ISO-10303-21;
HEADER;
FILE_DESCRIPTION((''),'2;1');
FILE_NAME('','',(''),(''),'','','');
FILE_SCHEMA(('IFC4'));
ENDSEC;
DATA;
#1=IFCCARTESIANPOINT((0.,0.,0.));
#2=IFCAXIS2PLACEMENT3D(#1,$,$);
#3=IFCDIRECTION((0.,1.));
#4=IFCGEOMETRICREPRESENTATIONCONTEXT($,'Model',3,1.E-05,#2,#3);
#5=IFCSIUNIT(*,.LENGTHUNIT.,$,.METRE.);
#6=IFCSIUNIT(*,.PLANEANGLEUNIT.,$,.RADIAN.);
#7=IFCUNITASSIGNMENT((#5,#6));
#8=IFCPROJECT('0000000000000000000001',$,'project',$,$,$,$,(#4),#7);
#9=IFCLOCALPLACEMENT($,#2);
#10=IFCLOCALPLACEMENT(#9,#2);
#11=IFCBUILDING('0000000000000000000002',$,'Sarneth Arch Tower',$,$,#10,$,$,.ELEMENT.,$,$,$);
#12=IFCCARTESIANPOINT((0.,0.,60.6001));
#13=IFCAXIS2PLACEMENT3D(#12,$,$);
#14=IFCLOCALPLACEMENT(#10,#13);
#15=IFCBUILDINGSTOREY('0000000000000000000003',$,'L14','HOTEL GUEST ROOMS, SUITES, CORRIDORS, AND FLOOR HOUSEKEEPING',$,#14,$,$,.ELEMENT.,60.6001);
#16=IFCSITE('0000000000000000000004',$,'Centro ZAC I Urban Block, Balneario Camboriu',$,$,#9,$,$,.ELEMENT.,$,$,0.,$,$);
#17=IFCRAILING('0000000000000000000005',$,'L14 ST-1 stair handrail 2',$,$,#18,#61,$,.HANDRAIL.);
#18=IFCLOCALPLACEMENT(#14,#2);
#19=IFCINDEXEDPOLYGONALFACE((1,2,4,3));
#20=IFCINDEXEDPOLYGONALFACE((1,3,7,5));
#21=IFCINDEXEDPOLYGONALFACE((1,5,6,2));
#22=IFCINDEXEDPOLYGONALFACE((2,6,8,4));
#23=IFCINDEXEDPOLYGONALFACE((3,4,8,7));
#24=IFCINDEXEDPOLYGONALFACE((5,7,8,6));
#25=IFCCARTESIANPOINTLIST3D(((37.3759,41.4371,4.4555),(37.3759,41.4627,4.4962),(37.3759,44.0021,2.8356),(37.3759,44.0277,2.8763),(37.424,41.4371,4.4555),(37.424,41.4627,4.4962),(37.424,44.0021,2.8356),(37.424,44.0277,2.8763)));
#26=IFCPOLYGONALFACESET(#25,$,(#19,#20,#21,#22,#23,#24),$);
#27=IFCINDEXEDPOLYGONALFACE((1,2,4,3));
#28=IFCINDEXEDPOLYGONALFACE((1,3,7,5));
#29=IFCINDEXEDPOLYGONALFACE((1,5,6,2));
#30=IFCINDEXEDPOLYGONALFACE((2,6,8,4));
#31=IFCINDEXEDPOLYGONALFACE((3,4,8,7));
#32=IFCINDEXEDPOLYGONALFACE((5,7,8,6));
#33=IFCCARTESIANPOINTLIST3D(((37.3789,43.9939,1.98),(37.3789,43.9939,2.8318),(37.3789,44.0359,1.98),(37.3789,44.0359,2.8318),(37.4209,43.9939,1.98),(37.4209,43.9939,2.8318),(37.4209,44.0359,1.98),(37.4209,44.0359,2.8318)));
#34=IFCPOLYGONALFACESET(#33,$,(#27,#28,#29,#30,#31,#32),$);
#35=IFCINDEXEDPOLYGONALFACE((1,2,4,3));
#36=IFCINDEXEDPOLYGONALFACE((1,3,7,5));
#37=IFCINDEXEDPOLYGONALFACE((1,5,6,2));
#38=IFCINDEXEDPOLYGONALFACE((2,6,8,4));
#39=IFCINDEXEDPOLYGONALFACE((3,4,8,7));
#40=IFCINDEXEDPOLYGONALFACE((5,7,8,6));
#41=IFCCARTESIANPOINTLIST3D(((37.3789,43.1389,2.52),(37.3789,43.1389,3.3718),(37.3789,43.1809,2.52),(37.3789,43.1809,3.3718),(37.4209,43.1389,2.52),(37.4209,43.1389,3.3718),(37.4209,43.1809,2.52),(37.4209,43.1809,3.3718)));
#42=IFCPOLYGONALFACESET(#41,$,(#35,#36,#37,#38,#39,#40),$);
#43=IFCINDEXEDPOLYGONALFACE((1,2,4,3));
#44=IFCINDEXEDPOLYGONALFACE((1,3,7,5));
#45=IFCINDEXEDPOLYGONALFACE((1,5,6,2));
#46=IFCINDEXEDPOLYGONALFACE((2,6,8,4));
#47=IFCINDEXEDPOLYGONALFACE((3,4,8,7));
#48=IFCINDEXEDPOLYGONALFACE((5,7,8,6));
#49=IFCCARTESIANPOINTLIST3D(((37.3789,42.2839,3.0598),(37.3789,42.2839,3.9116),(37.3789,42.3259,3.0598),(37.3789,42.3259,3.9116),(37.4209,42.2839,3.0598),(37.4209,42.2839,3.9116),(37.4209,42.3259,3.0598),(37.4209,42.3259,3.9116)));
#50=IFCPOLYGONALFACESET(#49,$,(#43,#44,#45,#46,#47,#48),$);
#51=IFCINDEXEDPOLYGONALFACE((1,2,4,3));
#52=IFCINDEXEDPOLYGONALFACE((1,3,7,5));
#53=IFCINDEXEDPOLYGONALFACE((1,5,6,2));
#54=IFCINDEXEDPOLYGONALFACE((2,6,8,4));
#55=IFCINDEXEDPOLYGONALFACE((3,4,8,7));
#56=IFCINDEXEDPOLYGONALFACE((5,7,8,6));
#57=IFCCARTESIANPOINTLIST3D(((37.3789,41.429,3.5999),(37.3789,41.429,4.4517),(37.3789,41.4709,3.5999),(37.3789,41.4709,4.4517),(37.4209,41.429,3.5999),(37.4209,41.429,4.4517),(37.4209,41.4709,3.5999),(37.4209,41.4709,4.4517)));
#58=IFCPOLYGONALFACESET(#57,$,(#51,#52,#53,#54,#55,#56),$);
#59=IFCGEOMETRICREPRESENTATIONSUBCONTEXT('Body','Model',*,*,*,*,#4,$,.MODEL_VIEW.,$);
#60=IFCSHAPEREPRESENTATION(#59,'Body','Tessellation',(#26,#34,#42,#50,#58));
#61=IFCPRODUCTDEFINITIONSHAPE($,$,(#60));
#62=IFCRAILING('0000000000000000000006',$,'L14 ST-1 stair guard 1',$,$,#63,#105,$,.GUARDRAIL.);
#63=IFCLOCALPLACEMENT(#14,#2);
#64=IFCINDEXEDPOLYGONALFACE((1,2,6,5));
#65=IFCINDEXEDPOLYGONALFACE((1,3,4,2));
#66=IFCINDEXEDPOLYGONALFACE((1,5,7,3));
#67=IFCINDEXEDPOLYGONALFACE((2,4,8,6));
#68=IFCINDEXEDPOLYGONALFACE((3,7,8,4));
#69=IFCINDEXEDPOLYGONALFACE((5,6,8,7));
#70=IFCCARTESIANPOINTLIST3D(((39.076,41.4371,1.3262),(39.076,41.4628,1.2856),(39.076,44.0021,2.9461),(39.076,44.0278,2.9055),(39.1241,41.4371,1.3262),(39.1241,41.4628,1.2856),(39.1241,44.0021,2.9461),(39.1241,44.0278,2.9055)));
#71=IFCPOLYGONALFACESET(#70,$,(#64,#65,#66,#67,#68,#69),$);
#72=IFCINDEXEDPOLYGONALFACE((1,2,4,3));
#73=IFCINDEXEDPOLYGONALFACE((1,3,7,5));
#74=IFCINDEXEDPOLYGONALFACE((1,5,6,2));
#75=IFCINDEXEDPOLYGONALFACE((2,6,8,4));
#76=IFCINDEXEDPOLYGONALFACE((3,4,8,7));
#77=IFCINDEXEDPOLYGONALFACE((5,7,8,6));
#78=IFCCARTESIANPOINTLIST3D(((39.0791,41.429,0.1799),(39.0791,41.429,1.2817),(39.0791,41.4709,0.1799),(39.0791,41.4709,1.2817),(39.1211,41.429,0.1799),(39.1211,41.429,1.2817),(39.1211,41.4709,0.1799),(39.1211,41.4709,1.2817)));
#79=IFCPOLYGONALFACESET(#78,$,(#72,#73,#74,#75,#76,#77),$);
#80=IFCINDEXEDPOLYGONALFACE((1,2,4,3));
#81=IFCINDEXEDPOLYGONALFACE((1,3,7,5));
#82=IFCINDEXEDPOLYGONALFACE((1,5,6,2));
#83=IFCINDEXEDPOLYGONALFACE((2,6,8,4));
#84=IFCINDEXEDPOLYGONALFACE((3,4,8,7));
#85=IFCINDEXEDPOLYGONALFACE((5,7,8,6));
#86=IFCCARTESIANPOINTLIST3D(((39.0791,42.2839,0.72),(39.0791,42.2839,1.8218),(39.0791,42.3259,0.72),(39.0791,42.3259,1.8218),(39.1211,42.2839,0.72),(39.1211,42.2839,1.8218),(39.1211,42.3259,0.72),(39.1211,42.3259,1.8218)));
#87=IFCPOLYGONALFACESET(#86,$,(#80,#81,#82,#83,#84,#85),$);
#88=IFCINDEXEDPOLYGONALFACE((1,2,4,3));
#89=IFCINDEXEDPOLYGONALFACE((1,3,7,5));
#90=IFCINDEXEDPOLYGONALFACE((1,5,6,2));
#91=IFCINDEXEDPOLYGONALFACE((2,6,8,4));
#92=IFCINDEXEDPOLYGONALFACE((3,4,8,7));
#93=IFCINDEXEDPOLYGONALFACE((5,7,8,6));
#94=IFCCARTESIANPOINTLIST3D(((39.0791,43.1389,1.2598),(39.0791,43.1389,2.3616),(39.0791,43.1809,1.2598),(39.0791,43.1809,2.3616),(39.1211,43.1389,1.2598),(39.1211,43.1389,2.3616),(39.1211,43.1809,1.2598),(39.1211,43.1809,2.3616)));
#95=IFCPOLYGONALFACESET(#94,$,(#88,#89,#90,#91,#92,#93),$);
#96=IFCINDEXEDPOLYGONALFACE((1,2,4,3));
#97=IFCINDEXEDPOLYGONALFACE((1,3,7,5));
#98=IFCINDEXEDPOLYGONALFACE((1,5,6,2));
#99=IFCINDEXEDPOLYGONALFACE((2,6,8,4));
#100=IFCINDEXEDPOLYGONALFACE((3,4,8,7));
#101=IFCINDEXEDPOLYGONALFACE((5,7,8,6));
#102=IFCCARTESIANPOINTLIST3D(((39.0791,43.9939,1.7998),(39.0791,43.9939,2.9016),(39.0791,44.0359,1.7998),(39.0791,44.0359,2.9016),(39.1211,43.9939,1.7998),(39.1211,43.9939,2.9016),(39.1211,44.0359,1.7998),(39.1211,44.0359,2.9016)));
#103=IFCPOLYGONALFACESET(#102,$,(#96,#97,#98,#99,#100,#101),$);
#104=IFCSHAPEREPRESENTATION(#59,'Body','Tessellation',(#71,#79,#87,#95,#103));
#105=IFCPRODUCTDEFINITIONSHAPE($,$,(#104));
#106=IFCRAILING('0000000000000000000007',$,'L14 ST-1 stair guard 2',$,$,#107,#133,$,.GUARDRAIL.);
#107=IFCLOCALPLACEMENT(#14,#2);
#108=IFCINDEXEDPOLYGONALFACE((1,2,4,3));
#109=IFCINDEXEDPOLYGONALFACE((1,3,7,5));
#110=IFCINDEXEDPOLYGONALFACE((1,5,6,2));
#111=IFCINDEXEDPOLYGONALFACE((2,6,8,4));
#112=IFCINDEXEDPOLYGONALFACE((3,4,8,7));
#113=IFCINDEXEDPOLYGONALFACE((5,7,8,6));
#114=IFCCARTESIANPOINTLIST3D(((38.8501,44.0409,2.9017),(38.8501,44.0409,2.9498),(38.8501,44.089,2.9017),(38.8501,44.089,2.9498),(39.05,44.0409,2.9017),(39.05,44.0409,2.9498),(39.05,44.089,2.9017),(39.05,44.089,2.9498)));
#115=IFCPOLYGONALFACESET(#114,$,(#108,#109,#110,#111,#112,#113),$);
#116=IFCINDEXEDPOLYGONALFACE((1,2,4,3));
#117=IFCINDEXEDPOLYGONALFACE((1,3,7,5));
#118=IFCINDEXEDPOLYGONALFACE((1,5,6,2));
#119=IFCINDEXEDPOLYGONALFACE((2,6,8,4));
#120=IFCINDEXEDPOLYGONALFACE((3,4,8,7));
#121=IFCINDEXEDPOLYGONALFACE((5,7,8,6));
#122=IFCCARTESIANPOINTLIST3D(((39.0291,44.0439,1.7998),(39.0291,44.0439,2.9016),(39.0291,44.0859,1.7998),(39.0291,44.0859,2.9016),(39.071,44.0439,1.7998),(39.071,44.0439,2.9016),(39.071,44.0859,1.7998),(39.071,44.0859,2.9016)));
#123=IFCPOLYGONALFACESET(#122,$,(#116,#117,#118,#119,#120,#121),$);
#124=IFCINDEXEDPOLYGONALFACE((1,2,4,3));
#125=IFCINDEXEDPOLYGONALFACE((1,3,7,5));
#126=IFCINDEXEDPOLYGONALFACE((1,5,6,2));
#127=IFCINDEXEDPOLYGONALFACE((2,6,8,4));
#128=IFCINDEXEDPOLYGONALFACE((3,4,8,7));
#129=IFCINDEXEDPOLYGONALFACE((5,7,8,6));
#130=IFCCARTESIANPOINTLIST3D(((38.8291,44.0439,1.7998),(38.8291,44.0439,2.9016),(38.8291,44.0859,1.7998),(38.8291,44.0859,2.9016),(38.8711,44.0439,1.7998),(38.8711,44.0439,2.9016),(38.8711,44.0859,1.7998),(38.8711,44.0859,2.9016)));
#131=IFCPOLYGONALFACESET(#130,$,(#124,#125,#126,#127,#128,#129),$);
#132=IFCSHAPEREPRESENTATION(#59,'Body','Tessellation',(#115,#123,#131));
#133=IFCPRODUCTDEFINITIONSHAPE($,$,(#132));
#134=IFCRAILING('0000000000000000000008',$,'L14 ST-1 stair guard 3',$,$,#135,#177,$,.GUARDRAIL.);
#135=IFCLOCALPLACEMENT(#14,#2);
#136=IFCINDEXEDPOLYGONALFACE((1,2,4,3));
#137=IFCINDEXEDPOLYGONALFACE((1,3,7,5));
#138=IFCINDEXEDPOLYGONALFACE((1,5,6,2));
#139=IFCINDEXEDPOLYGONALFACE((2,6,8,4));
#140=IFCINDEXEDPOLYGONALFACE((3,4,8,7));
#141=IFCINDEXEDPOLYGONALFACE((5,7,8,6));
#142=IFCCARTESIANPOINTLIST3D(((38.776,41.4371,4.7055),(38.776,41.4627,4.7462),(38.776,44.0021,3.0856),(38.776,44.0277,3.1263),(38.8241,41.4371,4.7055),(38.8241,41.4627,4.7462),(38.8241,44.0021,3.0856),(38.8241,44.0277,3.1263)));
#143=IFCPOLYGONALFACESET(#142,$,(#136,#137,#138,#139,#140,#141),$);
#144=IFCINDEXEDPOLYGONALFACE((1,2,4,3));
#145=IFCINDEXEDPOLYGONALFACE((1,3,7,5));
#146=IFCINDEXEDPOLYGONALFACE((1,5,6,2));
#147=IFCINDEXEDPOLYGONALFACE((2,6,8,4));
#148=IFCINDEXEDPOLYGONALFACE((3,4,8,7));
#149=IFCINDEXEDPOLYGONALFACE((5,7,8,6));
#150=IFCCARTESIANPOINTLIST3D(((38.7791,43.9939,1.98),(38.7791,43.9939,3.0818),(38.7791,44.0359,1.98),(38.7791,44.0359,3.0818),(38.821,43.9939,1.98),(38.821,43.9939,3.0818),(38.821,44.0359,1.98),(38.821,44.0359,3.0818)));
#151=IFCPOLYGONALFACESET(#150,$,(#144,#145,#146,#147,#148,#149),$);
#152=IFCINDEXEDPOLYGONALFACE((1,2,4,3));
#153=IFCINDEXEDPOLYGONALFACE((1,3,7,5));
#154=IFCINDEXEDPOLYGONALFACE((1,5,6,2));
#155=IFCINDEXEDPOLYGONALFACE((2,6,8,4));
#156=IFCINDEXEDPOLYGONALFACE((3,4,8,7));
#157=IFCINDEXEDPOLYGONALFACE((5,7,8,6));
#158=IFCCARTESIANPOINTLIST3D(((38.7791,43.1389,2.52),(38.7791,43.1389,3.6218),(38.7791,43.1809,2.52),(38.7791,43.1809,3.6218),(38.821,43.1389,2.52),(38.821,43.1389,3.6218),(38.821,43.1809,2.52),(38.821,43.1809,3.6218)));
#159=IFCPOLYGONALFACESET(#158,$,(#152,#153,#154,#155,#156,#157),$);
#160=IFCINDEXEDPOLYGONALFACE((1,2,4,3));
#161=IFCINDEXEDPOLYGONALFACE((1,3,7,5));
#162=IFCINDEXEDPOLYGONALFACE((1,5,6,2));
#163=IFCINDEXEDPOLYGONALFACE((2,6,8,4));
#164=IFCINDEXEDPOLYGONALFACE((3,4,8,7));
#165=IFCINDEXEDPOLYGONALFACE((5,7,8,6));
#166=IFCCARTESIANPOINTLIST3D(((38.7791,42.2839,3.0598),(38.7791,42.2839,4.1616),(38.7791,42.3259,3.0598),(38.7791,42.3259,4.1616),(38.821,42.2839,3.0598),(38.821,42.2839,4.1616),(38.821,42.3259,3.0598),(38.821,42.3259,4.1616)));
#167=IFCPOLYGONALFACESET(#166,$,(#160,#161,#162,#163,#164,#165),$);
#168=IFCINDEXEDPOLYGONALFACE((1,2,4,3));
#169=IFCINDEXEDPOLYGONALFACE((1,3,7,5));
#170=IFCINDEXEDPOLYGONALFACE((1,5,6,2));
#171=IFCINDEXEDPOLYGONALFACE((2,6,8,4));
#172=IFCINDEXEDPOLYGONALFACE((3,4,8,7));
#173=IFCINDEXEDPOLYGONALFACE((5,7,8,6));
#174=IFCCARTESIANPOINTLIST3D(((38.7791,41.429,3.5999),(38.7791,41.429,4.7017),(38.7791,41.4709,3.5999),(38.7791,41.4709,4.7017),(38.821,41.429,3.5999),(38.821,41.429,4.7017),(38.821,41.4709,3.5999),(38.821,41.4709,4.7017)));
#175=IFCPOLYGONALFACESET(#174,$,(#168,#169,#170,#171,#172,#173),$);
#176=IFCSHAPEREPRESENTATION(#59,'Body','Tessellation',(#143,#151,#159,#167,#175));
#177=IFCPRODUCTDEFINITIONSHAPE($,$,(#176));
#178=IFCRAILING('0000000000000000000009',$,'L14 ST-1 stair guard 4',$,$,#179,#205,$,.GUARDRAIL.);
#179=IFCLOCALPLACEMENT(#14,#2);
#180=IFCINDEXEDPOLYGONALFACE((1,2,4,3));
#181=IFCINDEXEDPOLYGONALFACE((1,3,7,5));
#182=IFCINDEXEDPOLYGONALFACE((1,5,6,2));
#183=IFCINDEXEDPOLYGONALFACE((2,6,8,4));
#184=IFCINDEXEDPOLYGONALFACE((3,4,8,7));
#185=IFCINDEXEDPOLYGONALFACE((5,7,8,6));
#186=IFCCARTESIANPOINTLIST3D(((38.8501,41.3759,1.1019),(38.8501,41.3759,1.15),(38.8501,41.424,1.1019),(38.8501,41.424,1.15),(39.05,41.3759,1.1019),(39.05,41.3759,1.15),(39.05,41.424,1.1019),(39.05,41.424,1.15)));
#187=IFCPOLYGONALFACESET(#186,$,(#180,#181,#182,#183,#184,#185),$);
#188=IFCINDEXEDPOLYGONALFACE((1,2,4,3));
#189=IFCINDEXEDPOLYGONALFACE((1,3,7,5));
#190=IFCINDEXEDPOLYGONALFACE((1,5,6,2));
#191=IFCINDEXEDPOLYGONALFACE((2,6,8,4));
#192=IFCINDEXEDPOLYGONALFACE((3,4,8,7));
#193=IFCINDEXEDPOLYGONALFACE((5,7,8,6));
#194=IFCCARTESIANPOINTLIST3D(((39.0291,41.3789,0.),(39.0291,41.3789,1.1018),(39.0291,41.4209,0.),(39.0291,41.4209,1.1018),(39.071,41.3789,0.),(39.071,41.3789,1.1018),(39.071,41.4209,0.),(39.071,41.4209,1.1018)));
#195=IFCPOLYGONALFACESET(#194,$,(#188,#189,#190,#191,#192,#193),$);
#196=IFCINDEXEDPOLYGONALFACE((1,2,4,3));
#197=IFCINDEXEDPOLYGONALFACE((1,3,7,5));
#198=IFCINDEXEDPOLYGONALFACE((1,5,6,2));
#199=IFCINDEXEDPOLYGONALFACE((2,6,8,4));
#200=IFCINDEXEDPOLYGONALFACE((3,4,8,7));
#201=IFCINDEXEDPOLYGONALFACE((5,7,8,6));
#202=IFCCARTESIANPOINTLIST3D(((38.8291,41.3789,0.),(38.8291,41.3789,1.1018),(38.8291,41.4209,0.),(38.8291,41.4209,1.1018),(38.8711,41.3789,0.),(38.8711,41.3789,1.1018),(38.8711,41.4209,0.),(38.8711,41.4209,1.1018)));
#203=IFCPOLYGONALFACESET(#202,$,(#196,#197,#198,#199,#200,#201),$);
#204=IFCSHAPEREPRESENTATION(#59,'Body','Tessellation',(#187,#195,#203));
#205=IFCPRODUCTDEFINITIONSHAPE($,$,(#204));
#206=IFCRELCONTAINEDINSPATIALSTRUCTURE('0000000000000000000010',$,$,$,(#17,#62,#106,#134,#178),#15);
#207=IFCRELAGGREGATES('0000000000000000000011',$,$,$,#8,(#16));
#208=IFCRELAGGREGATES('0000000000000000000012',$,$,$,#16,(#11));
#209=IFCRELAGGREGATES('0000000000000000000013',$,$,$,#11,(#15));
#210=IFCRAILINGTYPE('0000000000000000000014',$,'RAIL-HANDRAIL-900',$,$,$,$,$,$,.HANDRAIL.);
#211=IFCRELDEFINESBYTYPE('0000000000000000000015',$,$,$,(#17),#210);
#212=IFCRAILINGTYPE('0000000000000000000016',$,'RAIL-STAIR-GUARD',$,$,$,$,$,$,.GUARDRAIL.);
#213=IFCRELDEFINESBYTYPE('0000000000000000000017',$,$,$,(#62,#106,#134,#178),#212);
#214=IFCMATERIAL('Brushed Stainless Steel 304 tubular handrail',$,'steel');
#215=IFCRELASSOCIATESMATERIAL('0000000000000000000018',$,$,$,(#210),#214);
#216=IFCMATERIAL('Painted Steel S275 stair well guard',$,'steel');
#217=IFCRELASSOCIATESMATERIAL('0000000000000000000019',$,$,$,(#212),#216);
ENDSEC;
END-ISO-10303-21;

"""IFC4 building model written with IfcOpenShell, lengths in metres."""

from ifc_helpers import new_model, si_unit, direction, frame, origin, origin_2d, place, context, subcontext, project, spatial, rectangle, extrude, material, type_object, element, save


model = new_model("IFC4")

# Units and contexts
model_context = context("Model", 3, precision=1e-05, world=origin(), true_north=direction((0.0, 1.0)))
body_context = subcontext(model_context, "Body", "Model", "MODEL_VIEW")
ifc_project = project(units=[si_unit("LENGTHUNIT", "METRE"), si_unit("PLANEANGLEUNIT", "RADIAN")], contexts=[model_context])

# Site, building, storey
site_placement = place(None, origin())
site = spatial("IfcSite", under=ifc_project, at=site_placement, Name="Centro ZAC I Urban Block, Balneario Camboriu", CompositionType="ELEMENT", RefElevation=0.0)
building_placement = place(site_placement, origin())
building = spatial("IfcBuilding", under=site, at=building_placement, Name="Sarneth Arch Tower", CompositionType="ELEMENT")
storey_placement = place(building_placement, frame((0.0, 0.0, 60.6001)))
storey = spatial("IfcBuildingStorey", under=building, at=storey_placement, Name="L14", Description="HOTEL GUEST ROOMS, SUITES, CORRIDORS, AND FLOOR HOUSEKEEPING", CompositionType="ELEMENT", Elevation=60.6001)

# Railings
ifc_material_1 = material(Name="Brushed Stainless Steel 304 tubular handrail", Category="steel")
railing_type_1 = type_object("IfcRailingType", Name="RAIL-HANDRAIL-900", PredefinedType="HANDRAIL", material=ifc_material_1)
railing_1_placement = place(storey_placement, frame((37.3999, 44.0149, 1.98)))
element("IfcRailing", 1, at=railing_1_placement, inside=storey, type_object=railing_type_1, Name="L14 ST-1 stair handrail 2", PredefinedType="HANDRAIL", context=body_context, shape_type="SweptSolid", body=[
    extrude(rectangle(XDim=0.0481, YDim=0.0481, at=origin_2d()), frame((0.0, 0.0, 0.876), z_axis=(0.0, -0.845502, 0.533972), x_axis=(1.0, 0.0, 0.0)), (0.0, 0.0, 1.0), 3.0337),
    extrude(rectangle(XDim=0.042, YDim=0.042, at=origin_2d()), origin(), (0.0, 0.0, 1.0), 0.8518),
    extrude(rectangle(XDim=0.042, YDim=0.042, at=origin_2d()), frame((0.0, -0.855, 0.54)), (0.0, 0.0, 1.0), 0.8518),
    extrude(rectangle(XDim=0.042, YDim=0.042, at=origin_2d()), frame((0.0, -1.71, 1.0798)), (0.0, 0.0, 1.0), 0.8518),
    extrude(rectangle(XDim=0.042, YDim=0.042, at=origin_2d()), frame((0.0, -2.5649, 1.6199)), (0.0, 0.0, 1.0), 0.8518),
])
ifc_material_2 = material(Name="Painted Steel S275 stair well guard", Category="steel")
railing_type_2 = type_object("IfcRailingType", Name="RAIL-STAIR-GUARD", PredefinedType="GUARDRAIL", material=ifc_material_2)
railing_2_placement = place(storey_placement, frame((39.1001, 41.45, 0.1799)))
element("IfcRailing", 2, at=railing_2_placement, inside=storey, type_object=railing_type_2, Name="L14 ST-1 stair guard 1", PredefinedType="GUARDRAIL", context=body_context, shape_type="SweptSolid", body=[
    extrude(rectangle(XDim=0.0481, YDim=0.0481, at=origin_2d()), frame((0.0, 0.0, 1.126), z_axis=(0.0, 0.845502, 0.533972), x_axis=(-1.0, 0.0, 0.0)), (0.0, 0.0, 1.0), 3.0337),
    extrude(rectangle(XDim=0.042, YDim=0.042, at=origin_2d()), origin(), (0.0, 0.0, 1.0), 1.1018),
    extrude(rectangle(XDim=0.042, YDim=0.042, at=origin_2d()), frame((0.0, 0.855, 0.54)), (0.0, 0.0, 1.0), 1.1018),
    extrude(rectangle(XDim=0.042, YDim=0.042, at=origin_2d()), frame((0.0, 1.71, 1.0798)), (0.0, 0.0, 1.0), 1.1018),
    extrude(rectangle(XDim=0.042, YDim=0.042, at=origin_2d()), frame((0.0, 2.5649, 1.6199)), (0.0, 0.0, 1.0), 1.1018),
])
railing_3_placement = place(storey_placement, frame((39.05, 44.0649, 1.7998)))
element("IfcRailing", 3, at=railing_3_placement, inside=storey, type_object=railing_type_2, Name="L14 ST-1 stair guard 2", PredefinedType="GUARDRAIL", context=body_context, shape_type="SweptSolid", body=[
    extrude(rectangle(XDim=0.0481, YDim=0.0481, at=origin_2d()), frame((0.0, 0.0, 1.126), z_axis=(-1.0, 0.0, 0.0), x_axis=(0.0, -1.0, 0.0)), (0.0, 0.0, 1.0), 0.2),
    extrude(rectangle(XDim=0.042, YDim=0.042, at=origin_2d()), origin(), (0.0, 0.0, 1.0), 1.1018),
    extrude(rectangle(XDim=0.042, YDim=0.042, at=origin_2d()), frame((-0.2, 0.0, 0.0)), (0.0, 0.0, 1.0), 1.1018),
])
railing_4_placement = place(storey_placement, frame((38.8, 44.0149, 1.98)))
element("IfcRailing", 4, at=railing_4_placement, inside=storey, type_object=railing_type_2, Name="L14 ST-1 stair guard 3", PredefinedType="GUARDRAIL", context=body_context, shape_type="SweptSolid", body=[
    extrude(rectangle(XDim=0.0481, YDim=0.0481, at=origin_2d()), frame((0.0, 0.0, 1.126), z_axis=(0.0, -0.845502, 0.533972), x_axis=(1.0, 0.0, 0.0)), (0.0, 0.0, 1.0), 3.0337),
    extrude(rectangle(XDim=0.042, YDim=0.042, at=origin_2d()), origin(), (0.0, 0.0, 1.0), 1.1018),
    extrude(rectangle(XDim=0.042, YDim=0.042, at=origin_2d()), frame((0.0, -0.855, 0.54)), (0.0, 0.0, 1.0), 1.1018),
    extrude(rectangle(XDim=0.042, YDim=0.042, at=origin_2d()), frame((0.0, -1.71, 1.0798)), (0.0, 0.0, 1.0), 1.1018),
    extrude(rectangle(XDim=0.042, YDim=0.042, at=origin_2d()), frame((0.0, -2.5649, 1.6199)), (0.0, 0.0, 1.0), 1.1018),
])
railing_5_placement = place(storey_placement, frame((39.05, 41.3999, 0.0)))
element("IfcRailing", 5, at=railing_5_placement, inside=storey, type_object=railing_type_2, Name="L14 ST-1 stair guard 4", PredefinedType="GUARDRAIL", context=body_context, shape_type="SweptSolid", body=[
    extrude(rectangle(XDim=0.0481, YDim=0.0481, at=origin_2d()), frame((0.0, 0.0, 1.126), z_axis=(-1.0, 0.0, 0.0), x_axis=(0.0, -1.0, 0.0)), (0.0, 0.0, 1.0), 0.2),
    extrude(rectangle(XDim=0.042, YDim=0.042, at=origin_2d()), origin(), (0.0, 0.0, 1.0), 1.1018),
    extrude(rectangle(XDim=0.042, YDim=0.042, at=origin_2d()), frame((-0.2, 0.0, 0.0)), (0.0, 0.0, 1.0), 1.1018),
])

save(model, "model.ifc")
